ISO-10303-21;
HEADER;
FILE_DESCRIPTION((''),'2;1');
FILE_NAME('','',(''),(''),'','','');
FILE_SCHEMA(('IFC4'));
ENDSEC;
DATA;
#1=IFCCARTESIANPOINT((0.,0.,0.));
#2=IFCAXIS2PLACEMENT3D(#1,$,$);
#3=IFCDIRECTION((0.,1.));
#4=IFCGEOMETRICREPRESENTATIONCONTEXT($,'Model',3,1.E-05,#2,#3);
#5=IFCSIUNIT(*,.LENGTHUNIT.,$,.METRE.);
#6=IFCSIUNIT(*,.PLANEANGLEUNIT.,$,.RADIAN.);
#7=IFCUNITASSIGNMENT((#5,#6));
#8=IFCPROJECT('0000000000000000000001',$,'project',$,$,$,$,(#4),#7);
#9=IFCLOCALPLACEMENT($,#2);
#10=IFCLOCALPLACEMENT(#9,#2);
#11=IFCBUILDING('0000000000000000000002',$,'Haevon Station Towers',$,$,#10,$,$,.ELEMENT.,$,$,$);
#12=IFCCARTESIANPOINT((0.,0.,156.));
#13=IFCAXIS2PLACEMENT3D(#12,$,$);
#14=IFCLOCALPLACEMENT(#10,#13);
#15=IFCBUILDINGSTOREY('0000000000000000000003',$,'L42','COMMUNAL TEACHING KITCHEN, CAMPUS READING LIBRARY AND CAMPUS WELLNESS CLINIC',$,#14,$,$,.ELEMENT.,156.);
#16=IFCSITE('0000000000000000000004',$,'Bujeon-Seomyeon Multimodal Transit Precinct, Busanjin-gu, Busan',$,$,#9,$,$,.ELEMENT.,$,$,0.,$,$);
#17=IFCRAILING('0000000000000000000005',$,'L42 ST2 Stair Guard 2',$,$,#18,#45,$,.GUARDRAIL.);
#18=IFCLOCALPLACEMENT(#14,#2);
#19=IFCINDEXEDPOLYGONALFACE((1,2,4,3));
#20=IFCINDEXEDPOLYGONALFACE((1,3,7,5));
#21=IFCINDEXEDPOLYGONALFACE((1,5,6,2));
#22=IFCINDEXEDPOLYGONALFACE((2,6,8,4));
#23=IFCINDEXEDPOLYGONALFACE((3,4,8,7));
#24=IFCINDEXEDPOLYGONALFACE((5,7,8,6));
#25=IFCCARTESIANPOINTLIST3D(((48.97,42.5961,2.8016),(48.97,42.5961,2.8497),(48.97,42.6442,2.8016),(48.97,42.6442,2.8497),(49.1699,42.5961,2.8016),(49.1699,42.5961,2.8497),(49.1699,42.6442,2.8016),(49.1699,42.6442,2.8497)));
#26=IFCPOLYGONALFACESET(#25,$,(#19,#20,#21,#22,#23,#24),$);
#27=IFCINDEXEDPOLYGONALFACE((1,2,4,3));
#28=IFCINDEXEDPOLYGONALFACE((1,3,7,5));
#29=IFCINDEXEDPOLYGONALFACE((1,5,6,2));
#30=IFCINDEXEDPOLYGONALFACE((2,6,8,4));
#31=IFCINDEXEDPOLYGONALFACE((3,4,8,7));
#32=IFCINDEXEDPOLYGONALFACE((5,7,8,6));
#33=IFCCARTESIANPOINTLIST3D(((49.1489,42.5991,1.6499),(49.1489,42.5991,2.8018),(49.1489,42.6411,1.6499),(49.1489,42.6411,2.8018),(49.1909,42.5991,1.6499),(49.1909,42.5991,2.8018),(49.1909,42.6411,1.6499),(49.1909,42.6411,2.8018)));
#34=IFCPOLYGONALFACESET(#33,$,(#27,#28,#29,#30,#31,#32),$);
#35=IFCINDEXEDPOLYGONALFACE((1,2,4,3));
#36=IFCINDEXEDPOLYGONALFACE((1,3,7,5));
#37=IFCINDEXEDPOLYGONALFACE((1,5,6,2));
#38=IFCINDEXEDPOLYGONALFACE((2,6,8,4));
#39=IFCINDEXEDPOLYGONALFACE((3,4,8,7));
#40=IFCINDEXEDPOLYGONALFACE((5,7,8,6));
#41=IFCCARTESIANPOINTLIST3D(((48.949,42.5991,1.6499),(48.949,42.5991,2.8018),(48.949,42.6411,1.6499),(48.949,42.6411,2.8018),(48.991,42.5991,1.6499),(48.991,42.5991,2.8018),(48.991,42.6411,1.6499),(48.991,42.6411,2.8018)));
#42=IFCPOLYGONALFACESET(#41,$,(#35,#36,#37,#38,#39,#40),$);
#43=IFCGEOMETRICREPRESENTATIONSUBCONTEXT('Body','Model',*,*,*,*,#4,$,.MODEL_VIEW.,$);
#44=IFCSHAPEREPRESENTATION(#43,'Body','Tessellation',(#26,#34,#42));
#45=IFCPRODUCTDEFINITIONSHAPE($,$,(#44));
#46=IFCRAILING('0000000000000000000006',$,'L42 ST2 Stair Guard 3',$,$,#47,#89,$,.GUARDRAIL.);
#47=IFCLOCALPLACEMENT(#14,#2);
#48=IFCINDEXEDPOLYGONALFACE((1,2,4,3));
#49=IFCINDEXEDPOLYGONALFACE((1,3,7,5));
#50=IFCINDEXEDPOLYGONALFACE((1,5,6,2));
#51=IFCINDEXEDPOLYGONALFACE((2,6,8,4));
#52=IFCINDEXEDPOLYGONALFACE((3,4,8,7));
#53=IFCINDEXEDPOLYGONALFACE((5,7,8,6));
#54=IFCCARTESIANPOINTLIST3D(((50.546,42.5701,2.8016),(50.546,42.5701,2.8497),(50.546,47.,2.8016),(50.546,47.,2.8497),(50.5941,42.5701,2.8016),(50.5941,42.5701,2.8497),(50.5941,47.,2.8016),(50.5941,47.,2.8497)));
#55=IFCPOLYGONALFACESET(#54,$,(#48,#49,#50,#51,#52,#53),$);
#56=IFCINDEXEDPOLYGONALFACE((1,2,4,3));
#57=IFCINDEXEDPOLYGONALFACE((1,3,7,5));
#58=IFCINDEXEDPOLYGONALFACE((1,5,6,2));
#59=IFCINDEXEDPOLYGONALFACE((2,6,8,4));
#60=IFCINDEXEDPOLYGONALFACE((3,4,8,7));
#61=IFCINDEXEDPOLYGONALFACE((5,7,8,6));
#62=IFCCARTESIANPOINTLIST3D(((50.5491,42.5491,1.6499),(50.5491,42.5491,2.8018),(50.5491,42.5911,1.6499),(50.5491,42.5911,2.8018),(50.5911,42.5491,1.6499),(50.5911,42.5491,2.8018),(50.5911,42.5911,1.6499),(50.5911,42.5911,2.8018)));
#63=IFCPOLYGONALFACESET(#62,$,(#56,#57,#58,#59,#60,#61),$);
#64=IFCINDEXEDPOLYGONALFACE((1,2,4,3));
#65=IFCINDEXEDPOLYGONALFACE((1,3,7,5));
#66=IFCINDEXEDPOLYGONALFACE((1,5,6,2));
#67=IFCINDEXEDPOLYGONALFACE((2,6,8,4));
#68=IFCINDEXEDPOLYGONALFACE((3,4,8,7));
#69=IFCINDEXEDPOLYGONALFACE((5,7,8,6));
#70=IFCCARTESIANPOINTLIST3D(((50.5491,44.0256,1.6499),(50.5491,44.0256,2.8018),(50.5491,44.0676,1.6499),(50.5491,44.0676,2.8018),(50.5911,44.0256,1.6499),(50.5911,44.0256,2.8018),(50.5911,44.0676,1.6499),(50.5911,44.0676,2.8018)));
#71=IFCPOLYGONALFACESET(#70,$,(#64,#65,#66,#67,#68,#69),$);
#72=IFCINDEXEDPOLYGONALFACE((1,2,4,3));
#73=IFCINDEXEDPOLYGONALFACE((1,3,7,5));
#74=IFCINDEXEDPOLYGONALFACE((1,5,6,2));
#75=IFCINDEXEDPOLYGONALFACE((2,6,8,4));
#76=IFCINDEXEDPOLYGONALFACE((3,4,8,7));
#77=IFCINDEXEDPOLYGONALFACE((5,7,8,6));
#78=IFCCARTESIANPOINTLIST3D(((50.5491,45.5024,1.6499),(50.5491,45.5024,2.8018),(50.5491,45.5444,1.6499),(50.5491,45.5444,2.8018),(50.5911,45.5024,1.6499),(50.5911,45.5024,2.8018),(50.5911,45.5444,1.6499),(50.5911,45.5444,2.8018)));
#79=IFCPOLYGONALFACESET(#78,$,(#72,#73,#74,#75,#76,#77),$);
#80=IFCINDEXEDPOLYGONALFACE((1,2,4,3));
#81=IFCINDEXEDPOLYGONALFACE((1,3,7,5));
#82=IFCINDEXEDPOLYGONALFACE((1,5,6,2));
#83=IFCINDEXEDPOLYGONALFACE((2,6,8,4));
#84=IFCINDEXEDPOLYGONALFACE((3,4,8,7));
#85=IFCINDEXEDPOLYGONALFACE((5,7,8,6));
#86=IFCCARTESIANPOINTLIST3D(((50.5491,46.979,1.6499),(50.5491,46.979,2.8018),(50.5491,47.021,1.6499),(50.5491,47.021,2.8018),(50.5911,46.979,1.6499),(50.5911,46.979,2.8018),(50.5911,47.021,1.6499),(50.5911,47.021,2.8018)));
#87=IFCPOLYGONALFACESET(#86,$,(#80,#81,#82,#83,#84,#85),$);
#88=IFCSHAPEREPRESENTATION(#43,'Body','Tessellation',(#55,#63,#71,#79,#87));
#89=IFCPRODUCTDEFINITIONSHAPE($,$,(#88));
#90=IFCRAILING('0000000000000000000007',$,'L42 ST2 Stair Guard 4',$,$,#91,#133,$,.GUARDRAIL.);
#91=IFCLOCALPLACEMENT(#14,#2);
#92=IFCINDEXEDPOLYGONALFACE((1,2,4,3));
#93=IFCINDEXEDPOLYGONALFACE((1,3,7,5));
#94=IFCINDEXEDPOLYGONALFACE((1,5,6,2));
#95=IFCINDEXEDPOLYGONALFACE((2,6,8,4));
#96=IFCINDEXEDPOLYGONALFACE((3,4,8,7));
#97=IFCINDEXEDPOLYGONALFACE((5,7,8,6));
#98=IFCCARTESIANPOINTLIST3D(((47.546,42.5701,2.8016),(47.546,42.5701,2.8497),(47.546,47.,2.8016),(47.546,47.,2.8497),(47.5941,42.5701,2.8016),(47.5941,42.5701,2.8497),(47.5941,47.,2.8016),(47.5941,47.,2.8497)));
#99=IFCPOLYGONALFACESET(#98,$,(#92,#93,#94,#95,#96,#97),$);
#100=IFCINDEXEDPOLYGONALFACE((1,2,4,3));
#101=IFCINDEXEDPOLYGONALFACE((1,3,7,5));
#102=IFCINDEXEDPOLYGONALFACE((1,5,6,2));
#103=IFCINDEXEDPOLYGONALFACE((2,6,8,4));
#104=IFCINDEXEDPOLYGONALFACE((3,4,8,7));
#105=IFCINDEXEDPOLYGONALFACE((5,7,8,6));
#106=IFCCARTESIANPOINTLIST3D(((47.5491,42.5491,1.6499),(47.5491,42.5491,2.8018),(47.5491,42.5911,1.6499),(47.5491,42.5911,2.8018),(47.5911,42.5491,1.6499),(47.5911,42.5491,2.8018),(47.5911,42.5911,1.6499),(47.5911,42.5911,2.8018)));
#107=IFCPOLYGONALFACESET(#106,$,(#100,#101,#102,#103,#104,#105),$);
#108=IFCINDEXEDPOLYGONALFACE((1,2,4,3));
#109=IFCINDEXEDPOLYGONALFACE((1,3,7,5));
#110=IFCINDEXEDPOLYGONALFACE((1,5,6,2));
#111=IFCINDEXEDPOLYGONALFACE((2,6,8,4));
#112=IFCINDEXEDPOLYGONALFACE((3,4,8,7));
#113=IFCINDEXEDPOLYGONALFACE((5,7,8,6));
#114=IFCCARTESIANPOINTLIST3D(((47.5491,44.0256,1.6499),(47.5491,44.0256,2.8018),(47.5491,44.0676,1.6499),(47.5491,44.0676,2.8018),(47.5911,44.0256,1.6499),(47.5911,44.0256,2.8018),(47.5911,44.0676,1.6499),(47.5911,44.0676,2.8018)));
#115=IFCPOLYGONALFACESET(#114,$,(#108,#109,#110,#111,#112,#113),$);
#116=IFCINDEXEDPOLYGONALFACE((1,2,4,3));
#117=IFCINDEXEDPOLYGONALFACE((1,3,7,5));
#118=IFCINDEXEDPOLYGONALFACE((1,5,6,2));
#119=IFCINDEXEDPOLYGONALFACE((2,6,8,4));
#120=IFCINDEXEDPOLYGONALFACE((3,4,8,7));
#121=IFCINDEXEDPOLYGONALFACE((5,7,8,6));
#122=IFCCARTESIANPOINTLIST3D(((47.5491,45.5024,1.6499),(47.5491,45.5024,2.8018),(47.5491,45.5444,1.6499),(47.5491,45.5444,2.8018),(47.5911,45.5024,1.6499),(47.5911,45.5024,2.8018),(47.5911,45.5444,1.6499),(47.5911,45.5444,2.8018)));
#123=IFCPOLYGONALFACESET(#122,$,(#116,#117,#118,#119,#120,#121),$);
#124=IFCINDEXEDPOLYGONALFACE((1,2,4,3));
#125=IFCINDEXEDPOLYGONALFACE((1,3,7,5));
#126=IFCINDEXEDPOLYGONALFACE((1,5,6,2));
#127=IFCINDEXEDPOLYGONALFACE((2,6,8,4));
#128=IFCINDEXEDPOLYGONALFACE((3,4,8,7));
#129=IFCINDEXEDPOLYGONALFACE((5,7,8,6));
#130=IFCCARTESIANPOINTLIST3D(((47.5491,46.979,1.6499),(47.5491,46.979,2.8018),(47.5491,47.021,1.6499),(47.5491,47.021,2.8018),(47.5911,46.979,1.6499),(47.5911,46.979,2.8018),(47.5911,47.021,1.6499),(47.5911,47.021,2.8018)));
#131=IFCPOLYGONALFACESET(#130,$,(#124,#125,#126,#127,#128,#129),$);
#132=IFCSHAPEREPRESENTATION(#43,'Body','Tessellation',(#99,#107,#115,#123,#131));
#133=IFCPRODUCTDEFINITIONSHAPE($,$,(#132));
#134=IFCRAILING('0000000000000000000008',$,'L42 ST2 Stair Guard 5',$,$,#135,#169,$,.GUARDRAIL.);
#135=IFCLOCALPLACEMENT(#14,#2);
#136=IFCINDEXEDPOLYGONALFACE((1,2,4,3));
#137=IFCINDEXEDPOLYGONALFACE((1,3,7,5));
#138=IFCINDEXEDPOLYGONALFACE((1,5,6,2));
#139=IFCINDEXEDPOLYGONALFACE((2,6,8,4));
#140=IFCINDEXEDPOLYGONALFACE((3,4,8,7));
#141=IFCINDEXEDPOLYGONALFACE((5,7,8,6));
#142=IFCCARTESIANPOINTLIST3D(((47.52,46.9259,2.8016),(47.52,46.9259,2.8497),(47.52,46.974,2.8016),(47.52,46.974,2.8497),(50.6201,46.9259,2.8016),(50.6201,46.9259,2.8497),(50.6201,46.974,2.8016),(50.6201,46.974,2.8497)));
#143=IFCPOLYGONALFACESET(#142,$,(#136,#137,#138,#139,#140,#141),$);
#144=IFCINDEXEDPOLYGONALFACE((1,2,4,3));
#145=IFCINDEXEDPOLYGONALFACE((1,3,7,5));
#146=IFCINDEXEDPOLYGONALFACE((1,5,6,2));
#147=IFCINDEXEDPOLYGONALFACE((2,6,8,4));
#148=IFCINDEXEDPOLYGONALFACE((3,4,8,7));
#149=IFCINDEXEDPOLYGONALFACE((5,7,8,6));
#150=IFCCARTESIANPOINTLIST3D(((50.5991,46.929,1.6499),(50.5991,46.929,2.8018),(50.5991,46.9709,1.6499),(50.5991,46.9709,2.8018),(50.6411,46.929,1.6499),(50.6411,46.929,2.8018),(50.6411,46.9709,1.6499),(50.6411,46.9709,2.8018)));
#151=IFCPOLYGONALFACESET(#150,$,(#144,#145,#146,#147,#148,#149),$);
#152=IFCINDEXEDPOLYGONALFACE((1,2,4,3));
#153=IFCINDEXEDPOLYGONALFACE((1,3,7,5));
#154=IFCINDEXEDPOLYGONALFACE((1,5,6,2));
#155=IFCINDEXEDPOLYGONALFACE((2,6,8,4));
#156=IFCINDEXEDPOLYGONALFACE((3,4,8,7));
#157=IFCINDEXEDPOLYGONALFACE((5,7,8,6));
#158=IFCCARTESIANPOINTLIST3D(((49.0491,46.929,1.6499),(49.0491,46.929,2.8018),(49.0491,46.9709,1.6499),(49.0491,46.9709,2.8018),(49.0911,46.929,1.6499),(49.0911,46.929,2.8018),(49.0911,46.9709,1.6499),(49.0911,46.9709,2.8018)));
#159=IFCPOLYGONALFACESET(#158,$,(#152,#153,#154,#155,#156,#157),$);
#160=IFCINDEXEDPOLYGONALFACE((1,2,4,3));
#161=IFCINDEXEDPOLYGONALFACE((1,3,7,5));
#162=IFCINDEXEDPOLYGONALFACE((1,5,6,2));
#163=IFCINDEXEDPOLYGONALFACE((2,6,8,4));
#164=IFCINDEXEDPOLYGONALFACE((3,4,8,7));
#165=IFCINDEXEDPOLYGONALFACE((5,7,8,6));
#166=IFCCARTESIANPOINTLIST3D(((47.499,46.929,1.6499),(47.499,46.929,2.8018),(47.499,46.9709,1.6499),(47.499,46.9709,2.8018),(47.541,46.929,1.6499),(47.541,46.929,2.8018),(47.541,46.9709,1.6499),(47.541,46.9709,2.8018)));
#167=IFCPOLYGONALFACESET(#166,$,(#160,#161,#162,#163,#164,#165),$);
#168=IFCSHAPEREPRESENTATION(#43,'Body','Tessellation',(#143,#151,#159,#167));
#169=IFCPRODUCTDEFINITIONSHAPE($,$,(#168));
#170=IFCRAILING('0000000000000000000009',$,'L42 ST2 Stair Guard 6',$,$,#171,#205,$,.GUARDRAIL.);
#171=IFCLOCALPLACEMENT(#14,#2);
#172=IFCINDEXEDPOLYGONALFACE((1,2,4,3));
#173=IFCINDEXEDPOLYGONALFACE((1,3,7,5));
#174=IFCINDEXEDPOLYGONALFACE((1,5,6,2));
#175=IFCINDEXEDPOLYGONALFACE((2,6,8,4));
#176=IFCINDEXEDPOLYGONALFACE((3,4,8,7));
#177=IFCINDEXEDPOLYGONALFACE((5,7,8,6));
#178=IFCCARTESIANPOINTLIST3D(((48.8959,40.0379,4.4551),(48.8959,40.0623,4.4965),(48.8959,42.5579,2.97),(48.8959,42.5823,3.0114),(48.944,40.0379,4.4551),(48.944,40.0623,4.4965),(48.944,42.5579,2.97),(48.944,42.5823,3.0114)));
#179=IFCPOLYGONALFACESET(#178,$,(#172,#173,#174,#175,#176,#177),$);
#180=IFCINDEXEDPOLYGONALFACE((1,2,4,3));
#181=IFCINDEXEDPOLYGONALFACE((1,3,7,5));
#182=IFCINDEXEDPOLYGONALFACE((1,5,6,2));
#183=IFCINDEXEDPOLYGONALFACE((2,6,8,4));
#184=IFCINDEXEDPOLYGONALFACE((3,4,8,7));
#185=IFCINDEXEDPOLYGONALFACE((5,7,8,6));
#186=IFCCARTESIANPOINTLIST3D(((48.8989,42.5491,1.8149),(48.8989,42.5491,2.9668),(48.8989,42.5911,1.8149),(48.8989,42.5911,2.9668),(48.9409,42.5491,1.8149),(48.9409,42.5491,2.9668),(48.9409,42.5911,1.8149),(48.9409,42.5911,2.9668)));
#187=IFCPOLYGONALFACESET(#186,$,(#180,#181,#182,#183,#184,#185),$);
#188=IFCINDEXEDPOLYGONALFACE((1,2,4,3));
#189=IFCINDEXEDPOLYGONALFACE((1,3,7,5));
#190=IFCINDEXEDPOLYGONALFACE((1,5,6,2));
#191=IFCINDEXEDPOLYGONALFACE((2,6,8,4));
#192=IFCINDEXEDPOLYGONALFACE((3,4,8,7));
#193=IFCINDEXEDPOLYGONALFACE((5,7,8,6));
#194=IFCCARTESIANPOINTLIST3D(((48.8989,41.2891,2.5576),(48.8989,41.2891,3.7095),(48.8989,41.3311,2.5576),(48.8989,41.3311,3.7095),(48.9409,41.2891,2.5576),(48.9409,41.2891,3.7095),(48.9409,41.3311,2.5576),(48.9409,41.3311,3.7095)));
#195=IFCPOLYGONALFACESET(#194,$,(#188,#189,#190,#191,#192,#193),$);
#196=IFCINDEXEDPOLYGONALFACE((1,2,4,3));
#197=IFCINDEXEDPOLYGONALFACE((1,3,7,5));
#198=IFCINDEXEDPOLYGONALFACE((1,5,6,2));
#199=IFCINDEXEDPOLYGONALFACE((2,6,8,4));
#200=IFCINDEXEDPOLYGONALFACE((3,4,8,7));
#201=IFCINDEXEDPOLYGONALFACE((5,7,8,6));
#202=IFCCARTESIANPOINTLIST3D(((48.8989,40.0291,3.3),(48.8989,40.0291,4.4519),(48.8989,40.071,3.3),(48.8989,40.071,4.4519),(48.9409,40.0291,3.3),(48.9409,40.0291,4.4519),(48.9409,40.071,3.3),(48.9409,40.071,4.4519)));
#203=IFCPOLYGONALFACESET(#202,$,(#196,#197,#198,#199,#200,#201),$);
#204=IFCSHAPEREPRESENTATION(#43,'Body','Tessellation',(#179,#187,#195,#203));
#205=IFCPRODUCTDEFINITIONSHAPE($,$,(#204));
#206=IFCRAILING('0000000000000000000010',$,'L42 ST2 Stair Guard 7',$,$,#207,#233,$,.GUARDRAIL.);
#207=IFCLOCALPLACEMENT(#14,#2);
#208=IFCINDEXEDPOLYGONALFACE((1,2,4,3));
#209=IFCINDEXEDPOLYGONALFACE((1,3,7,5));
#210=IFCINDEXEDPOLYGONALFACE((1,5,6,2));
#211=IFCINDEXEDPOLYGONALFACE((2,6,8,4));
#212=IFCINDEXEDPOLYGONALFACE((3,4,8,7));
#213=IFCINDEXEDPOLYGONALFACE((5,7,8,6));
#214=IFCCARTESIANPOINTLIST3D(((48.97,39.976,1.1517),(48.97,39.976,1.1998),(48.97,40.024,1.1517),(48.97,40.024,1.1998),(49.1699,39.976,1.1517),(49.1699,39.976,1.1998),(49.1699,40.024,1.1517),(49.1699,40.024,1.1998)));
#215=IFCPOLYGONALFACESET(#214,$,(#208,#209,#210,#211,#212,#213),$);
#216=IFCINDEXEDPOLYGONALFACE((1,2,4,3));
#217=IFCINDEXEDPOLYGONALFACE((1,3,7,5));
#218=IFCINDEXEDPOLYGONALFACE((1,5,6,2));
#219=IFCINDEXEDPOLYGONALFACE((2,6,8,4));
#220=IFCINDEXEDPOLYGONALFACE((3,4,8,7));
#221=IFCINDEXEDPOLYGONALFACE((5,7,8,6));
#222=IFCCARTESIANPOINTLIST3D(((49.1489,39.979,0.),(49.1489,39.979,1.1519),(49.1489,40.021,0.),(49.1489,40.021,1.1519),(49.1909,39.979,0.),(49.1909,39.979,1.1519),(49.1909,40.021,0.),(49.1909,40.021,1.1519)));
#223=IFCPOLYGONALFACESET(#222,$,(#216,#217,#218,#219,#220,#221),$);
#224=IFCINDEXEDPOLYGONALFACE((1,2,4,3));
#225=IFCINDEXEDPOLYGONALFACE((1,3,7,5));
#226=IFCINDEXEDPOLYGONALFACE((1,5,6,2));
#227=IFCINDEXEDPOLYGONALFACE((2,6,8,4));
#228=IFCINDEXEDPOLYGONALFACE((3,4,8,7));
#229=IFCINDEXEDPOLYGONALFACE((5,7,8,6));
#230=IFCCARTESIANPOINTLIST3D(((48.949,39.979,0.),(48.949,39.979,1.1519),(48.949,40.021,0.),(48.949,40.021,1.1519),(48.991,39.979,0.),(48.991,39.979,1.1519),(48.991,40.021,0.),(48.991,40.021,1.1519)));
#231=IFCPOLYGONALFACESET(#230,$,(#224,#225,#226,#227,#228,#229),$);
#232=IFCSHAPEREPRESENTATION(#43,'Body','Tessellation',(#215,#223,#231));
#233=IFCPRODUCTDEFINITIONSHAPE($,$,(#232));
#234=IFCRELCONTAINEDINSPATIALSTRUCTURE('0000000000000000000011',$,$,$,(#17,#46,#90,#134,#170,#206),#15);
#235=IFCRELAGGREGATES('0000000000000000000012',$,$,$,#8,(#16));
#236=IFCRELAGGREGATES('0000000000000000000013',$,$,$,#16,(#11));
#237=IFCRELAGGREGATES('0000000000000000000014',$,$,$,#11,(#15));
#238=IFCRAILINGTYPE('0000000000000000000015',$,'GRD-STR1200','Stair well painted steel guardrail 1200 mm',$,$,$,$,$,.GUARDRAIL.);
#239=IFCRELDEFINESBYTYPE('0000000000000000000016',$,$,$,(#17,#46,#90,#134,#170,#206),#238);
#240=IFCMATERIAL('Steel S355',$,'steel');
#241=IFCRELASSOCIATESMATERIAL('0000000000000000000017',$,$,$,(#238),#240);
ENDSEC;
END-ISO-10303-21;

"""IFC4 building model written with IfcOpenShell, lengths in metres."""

from ifc_helpers import new_model, si_unit, direction, frame, origin, origin_2d, place, context, subcontext, project, spatial, rectangle, extrude, material, type_object, element, save


model = new_model("IFC4")

# Units and contexts
model_context = context("Model", 3, precision=1e-05, world=origin(), true_north=direction((0.0, 1.0)))
body_context = subcontext(model_context, "Body", "Model", "MODEL_VIEW")
ifc_project = project(units=[si_unit("LENGTHUNIT", "METRE"), si_unit("PLANEANGLEUNIT", "RADIAN")], contexts=[model_context])

# Site, building, storey
site_placement = place(None, origin())
site = spatial("IfcSite", under=ifc_project, at=site_placement, Name="Bujeon-Seomyeon Multimodal Transit Precinct, Busanjin-gu, Busan", CompositionType="ELEMENT", RefElevation=0.0)
building_placement = place(site_placement, origin())
building = spatial("IfcBuilding", under=site, at=building_placement, Name="Haevon Station Towers", CompositionType="ELEMENT")
storey_placement = place(building_placement, frame((0.0, 0.0, 156.0)))
storey = spatial("IfcBuildingStorey", under=building, at=storey_placement, Name="L42", Description="COMMUNAL TEACHING KITCHEN, CAMPUS READING LIBRARY AND CAMPUS WELLNESS CLINIC", CompositionType="ELEMENT", Elevation=156.0)

# Shared definitions
ifc_material_1 = material(Name="Steel S355", Category="steel")

# Railings
railing_type_1 = type_object("IfcRailingType", Name="GRD-STR1200", Description="Stair well painted steel guardrail 1200 mm", PredefinedType="GUARDRAIL", material=ifc_material_1)
railing_1_placement = place(storey_placement, frame((49.1699, 42.6201, 1.6499)))
element("IfcRailing", 1, at=railing_1_placement, inside=storey, type_object=railing_type_1, Name="L42 ST2 Stair Guard 2", PredefinedType="GUARDRAIL", context=body_context, shape_type="SweptSolid", body=[
    extrude(rectangle(XDim=0.0481, YDim=0.0481, at=origin_2d()), frame((0.0, 0.0, 1.1758), z_axis=(-1.0, 0.0, 0.0), x_axis=(0.0, -1.0, 0.0)), (0.0, 0.0, 1.0), 0.2),
    extrude(rectangle(XDim=0.042, YDim=0.042, at=origin_2d()), origin(), (0.0, 0.0, 1.0), 1.1519),
    extrude(rectangle(XDim=0.042, YDim=0.042, at=origin_2d()), frame((-0.2, 0.0, 0.0)), (0.0, 0.0, 1.0), 1.1519),
])
for number, where, name in (
    (2, (50.5701, 42.5701, 1.6499), "L42 ST2 Stair Guard 3"),
    (3, (47.5701, 42.5701, 1.6499), "L42 ST2 Stair Guard 4"),
):
    element("IfcRailing", number, at=place(storey_placement, frame(where)), inside=storey, type_object=railing_type_1, Name=name, PredefinedType="GUARDRAIL", context=body_context, shape_type="SweptSolid", body=[
        extrude(rectangle(XDim=0.0481, YDim=0.0481, at=origin_2d()), frame((0.0, 0.0, 1.1758), z_axis=(0.0, 1.0, 0.0), x_axis=(-1.0, 0.0, 0.0)), (0.0, 0.0, 1.0), 4.4299),
        extrude(rectangle(XDim=0.042, YDim=0.042, at=origin_2d()), origin(), (0.0, 0.0, 1.0), 1.1519),
        extrude(rectangle(XDim=0.042, YDim=0.042, at=origin_2d()), frame((0.0, 1.4766, 0.0)), (0.0, 0.0, 1.0), 1.1519),
        extrude(rectangle(XDim=0.042, YDim=0.042, at=origin_2d()), frame((0.0, 2.9534, 0.0)), (0.0, 0.0, 1.0), 1.1519),
        extrude(rectangle(XDim=0.042, YDim=0.042, at=origin_2d()), frame((0.0, 4.4299, 0.0)), (0.0, 0.0, 1.0), 1.1519),
    ])
railing_2_placement = place(storey_placement, frame((50.6201, 46.95, 1.6499)))
element("IfcRailing", 4, at=railing_2_placement, inside=storey, type_object=railing_type_1, Name="L42 ST2 Stair Guard 5", PredefinedType="GUARDRAIL", context=body_context, shape_type="SweptSolid", body=[
    extrude(rectangle(XDim=0.0481, YDim=0.0481, at=origin_2d()), frame((0.0, 0.0, 1.1758), z_axis=(-1.0, 0.0, 0.0), x_axis=(0.0, -1.0, 0.0)), (0.0, 0.0, 1.0), 3.1001),
    extrude(rectangle(XDim=0.042, YDim=0.042, at=origin_2d()), origin(), (0.0, 0.0, 1.0), 1.1519),
    extrude(rectangle(XDim=0.042, YDim=0.042, at=origin_2d()), frame((-1.55, 0.0, 0.0)), (0.0, 0.0, 1.0), 1.1519),
    extrude(rectangle(XDim=0.042, YDim=0.042, at=origin_2d()), frame((-3.1001, 0.0, 0.0)), (0.0, 0.0, 1.0), 1.1519),
])
railing_3_placement = place(storey_placement, frame((48.9199, 42.5701, 1.8149)))
element("IfcRailing", 5, at=railing_3_placement, inside=storey, type_object=railing_type_1, Name="L42 ST2 Stair Guard 6", PredefinedType="GUARDRAIL", context=body_context, shape_type="SweptSolid", body=[
    extrude(rectangle(XDim=0.0481, YDim=0.0481, at=origin_2d()), frame((0.0, 0.0, 1.1758), z_axis=(0.0, -0.861524, 0.507717), x_axis=(1.0, 0.0, 0.0)), (0.0, 0.0, 1.0), 2.925),
    extrude(rectangle(XDim=0.042, YDim=0.042, at=origin_2d()), origin(), (0.0, 0.0, 1.0), 1.1519),
    extrude(rectangle(XDim=0.042, YDim=0.042, at=origin_2d()), frame((0.0, -1.26, 0.7427)), (0.0, 0.0, 1.0), 1.1519),
    extrude(rectangle(XDim=0.042, YDim=0.042, at=origin_2d()), frame((0.0, -2.52, 1.4851)), (0.0, 0.0, 1.0), 1.1519),
])
railing_4_placement = place(storey_placement, frame((49.1699, 40.0, 0.0)))
element("IfcRailing", 6, at=railing_4_placement, inside=storey, type_object=railing_type_1, Name="L42 ST2 Stair Guard 7", PredefinedType="GUARDRAIL", context=body_context, shape_type="SweptSolid", body=[
    extrude(rectangle(XDim=0.0481, YDim=0.0481, at=origin_2d()), frame((0.0, 0.0, 1.1758), z_axis=(-1.0, 0.0, 0.0), x_axis=(0.0, -1.0, 0.0)), (0.0, 0.0, 1.0), 0.2),
    extrude(rectangle(XDim=0.042, YDim=0.042, at=origin_2d()), origin(), (0.0, 0.0, 1.0), 1.1519),
    extrude(rectangle(XDim=0.042, YDim=0.042, at=origin_2d()), frame((-0.2, 0.0, 0.0)), (0.0, 0.0, 1.0), 1.1519),
])

save(model, "model.ifc")
